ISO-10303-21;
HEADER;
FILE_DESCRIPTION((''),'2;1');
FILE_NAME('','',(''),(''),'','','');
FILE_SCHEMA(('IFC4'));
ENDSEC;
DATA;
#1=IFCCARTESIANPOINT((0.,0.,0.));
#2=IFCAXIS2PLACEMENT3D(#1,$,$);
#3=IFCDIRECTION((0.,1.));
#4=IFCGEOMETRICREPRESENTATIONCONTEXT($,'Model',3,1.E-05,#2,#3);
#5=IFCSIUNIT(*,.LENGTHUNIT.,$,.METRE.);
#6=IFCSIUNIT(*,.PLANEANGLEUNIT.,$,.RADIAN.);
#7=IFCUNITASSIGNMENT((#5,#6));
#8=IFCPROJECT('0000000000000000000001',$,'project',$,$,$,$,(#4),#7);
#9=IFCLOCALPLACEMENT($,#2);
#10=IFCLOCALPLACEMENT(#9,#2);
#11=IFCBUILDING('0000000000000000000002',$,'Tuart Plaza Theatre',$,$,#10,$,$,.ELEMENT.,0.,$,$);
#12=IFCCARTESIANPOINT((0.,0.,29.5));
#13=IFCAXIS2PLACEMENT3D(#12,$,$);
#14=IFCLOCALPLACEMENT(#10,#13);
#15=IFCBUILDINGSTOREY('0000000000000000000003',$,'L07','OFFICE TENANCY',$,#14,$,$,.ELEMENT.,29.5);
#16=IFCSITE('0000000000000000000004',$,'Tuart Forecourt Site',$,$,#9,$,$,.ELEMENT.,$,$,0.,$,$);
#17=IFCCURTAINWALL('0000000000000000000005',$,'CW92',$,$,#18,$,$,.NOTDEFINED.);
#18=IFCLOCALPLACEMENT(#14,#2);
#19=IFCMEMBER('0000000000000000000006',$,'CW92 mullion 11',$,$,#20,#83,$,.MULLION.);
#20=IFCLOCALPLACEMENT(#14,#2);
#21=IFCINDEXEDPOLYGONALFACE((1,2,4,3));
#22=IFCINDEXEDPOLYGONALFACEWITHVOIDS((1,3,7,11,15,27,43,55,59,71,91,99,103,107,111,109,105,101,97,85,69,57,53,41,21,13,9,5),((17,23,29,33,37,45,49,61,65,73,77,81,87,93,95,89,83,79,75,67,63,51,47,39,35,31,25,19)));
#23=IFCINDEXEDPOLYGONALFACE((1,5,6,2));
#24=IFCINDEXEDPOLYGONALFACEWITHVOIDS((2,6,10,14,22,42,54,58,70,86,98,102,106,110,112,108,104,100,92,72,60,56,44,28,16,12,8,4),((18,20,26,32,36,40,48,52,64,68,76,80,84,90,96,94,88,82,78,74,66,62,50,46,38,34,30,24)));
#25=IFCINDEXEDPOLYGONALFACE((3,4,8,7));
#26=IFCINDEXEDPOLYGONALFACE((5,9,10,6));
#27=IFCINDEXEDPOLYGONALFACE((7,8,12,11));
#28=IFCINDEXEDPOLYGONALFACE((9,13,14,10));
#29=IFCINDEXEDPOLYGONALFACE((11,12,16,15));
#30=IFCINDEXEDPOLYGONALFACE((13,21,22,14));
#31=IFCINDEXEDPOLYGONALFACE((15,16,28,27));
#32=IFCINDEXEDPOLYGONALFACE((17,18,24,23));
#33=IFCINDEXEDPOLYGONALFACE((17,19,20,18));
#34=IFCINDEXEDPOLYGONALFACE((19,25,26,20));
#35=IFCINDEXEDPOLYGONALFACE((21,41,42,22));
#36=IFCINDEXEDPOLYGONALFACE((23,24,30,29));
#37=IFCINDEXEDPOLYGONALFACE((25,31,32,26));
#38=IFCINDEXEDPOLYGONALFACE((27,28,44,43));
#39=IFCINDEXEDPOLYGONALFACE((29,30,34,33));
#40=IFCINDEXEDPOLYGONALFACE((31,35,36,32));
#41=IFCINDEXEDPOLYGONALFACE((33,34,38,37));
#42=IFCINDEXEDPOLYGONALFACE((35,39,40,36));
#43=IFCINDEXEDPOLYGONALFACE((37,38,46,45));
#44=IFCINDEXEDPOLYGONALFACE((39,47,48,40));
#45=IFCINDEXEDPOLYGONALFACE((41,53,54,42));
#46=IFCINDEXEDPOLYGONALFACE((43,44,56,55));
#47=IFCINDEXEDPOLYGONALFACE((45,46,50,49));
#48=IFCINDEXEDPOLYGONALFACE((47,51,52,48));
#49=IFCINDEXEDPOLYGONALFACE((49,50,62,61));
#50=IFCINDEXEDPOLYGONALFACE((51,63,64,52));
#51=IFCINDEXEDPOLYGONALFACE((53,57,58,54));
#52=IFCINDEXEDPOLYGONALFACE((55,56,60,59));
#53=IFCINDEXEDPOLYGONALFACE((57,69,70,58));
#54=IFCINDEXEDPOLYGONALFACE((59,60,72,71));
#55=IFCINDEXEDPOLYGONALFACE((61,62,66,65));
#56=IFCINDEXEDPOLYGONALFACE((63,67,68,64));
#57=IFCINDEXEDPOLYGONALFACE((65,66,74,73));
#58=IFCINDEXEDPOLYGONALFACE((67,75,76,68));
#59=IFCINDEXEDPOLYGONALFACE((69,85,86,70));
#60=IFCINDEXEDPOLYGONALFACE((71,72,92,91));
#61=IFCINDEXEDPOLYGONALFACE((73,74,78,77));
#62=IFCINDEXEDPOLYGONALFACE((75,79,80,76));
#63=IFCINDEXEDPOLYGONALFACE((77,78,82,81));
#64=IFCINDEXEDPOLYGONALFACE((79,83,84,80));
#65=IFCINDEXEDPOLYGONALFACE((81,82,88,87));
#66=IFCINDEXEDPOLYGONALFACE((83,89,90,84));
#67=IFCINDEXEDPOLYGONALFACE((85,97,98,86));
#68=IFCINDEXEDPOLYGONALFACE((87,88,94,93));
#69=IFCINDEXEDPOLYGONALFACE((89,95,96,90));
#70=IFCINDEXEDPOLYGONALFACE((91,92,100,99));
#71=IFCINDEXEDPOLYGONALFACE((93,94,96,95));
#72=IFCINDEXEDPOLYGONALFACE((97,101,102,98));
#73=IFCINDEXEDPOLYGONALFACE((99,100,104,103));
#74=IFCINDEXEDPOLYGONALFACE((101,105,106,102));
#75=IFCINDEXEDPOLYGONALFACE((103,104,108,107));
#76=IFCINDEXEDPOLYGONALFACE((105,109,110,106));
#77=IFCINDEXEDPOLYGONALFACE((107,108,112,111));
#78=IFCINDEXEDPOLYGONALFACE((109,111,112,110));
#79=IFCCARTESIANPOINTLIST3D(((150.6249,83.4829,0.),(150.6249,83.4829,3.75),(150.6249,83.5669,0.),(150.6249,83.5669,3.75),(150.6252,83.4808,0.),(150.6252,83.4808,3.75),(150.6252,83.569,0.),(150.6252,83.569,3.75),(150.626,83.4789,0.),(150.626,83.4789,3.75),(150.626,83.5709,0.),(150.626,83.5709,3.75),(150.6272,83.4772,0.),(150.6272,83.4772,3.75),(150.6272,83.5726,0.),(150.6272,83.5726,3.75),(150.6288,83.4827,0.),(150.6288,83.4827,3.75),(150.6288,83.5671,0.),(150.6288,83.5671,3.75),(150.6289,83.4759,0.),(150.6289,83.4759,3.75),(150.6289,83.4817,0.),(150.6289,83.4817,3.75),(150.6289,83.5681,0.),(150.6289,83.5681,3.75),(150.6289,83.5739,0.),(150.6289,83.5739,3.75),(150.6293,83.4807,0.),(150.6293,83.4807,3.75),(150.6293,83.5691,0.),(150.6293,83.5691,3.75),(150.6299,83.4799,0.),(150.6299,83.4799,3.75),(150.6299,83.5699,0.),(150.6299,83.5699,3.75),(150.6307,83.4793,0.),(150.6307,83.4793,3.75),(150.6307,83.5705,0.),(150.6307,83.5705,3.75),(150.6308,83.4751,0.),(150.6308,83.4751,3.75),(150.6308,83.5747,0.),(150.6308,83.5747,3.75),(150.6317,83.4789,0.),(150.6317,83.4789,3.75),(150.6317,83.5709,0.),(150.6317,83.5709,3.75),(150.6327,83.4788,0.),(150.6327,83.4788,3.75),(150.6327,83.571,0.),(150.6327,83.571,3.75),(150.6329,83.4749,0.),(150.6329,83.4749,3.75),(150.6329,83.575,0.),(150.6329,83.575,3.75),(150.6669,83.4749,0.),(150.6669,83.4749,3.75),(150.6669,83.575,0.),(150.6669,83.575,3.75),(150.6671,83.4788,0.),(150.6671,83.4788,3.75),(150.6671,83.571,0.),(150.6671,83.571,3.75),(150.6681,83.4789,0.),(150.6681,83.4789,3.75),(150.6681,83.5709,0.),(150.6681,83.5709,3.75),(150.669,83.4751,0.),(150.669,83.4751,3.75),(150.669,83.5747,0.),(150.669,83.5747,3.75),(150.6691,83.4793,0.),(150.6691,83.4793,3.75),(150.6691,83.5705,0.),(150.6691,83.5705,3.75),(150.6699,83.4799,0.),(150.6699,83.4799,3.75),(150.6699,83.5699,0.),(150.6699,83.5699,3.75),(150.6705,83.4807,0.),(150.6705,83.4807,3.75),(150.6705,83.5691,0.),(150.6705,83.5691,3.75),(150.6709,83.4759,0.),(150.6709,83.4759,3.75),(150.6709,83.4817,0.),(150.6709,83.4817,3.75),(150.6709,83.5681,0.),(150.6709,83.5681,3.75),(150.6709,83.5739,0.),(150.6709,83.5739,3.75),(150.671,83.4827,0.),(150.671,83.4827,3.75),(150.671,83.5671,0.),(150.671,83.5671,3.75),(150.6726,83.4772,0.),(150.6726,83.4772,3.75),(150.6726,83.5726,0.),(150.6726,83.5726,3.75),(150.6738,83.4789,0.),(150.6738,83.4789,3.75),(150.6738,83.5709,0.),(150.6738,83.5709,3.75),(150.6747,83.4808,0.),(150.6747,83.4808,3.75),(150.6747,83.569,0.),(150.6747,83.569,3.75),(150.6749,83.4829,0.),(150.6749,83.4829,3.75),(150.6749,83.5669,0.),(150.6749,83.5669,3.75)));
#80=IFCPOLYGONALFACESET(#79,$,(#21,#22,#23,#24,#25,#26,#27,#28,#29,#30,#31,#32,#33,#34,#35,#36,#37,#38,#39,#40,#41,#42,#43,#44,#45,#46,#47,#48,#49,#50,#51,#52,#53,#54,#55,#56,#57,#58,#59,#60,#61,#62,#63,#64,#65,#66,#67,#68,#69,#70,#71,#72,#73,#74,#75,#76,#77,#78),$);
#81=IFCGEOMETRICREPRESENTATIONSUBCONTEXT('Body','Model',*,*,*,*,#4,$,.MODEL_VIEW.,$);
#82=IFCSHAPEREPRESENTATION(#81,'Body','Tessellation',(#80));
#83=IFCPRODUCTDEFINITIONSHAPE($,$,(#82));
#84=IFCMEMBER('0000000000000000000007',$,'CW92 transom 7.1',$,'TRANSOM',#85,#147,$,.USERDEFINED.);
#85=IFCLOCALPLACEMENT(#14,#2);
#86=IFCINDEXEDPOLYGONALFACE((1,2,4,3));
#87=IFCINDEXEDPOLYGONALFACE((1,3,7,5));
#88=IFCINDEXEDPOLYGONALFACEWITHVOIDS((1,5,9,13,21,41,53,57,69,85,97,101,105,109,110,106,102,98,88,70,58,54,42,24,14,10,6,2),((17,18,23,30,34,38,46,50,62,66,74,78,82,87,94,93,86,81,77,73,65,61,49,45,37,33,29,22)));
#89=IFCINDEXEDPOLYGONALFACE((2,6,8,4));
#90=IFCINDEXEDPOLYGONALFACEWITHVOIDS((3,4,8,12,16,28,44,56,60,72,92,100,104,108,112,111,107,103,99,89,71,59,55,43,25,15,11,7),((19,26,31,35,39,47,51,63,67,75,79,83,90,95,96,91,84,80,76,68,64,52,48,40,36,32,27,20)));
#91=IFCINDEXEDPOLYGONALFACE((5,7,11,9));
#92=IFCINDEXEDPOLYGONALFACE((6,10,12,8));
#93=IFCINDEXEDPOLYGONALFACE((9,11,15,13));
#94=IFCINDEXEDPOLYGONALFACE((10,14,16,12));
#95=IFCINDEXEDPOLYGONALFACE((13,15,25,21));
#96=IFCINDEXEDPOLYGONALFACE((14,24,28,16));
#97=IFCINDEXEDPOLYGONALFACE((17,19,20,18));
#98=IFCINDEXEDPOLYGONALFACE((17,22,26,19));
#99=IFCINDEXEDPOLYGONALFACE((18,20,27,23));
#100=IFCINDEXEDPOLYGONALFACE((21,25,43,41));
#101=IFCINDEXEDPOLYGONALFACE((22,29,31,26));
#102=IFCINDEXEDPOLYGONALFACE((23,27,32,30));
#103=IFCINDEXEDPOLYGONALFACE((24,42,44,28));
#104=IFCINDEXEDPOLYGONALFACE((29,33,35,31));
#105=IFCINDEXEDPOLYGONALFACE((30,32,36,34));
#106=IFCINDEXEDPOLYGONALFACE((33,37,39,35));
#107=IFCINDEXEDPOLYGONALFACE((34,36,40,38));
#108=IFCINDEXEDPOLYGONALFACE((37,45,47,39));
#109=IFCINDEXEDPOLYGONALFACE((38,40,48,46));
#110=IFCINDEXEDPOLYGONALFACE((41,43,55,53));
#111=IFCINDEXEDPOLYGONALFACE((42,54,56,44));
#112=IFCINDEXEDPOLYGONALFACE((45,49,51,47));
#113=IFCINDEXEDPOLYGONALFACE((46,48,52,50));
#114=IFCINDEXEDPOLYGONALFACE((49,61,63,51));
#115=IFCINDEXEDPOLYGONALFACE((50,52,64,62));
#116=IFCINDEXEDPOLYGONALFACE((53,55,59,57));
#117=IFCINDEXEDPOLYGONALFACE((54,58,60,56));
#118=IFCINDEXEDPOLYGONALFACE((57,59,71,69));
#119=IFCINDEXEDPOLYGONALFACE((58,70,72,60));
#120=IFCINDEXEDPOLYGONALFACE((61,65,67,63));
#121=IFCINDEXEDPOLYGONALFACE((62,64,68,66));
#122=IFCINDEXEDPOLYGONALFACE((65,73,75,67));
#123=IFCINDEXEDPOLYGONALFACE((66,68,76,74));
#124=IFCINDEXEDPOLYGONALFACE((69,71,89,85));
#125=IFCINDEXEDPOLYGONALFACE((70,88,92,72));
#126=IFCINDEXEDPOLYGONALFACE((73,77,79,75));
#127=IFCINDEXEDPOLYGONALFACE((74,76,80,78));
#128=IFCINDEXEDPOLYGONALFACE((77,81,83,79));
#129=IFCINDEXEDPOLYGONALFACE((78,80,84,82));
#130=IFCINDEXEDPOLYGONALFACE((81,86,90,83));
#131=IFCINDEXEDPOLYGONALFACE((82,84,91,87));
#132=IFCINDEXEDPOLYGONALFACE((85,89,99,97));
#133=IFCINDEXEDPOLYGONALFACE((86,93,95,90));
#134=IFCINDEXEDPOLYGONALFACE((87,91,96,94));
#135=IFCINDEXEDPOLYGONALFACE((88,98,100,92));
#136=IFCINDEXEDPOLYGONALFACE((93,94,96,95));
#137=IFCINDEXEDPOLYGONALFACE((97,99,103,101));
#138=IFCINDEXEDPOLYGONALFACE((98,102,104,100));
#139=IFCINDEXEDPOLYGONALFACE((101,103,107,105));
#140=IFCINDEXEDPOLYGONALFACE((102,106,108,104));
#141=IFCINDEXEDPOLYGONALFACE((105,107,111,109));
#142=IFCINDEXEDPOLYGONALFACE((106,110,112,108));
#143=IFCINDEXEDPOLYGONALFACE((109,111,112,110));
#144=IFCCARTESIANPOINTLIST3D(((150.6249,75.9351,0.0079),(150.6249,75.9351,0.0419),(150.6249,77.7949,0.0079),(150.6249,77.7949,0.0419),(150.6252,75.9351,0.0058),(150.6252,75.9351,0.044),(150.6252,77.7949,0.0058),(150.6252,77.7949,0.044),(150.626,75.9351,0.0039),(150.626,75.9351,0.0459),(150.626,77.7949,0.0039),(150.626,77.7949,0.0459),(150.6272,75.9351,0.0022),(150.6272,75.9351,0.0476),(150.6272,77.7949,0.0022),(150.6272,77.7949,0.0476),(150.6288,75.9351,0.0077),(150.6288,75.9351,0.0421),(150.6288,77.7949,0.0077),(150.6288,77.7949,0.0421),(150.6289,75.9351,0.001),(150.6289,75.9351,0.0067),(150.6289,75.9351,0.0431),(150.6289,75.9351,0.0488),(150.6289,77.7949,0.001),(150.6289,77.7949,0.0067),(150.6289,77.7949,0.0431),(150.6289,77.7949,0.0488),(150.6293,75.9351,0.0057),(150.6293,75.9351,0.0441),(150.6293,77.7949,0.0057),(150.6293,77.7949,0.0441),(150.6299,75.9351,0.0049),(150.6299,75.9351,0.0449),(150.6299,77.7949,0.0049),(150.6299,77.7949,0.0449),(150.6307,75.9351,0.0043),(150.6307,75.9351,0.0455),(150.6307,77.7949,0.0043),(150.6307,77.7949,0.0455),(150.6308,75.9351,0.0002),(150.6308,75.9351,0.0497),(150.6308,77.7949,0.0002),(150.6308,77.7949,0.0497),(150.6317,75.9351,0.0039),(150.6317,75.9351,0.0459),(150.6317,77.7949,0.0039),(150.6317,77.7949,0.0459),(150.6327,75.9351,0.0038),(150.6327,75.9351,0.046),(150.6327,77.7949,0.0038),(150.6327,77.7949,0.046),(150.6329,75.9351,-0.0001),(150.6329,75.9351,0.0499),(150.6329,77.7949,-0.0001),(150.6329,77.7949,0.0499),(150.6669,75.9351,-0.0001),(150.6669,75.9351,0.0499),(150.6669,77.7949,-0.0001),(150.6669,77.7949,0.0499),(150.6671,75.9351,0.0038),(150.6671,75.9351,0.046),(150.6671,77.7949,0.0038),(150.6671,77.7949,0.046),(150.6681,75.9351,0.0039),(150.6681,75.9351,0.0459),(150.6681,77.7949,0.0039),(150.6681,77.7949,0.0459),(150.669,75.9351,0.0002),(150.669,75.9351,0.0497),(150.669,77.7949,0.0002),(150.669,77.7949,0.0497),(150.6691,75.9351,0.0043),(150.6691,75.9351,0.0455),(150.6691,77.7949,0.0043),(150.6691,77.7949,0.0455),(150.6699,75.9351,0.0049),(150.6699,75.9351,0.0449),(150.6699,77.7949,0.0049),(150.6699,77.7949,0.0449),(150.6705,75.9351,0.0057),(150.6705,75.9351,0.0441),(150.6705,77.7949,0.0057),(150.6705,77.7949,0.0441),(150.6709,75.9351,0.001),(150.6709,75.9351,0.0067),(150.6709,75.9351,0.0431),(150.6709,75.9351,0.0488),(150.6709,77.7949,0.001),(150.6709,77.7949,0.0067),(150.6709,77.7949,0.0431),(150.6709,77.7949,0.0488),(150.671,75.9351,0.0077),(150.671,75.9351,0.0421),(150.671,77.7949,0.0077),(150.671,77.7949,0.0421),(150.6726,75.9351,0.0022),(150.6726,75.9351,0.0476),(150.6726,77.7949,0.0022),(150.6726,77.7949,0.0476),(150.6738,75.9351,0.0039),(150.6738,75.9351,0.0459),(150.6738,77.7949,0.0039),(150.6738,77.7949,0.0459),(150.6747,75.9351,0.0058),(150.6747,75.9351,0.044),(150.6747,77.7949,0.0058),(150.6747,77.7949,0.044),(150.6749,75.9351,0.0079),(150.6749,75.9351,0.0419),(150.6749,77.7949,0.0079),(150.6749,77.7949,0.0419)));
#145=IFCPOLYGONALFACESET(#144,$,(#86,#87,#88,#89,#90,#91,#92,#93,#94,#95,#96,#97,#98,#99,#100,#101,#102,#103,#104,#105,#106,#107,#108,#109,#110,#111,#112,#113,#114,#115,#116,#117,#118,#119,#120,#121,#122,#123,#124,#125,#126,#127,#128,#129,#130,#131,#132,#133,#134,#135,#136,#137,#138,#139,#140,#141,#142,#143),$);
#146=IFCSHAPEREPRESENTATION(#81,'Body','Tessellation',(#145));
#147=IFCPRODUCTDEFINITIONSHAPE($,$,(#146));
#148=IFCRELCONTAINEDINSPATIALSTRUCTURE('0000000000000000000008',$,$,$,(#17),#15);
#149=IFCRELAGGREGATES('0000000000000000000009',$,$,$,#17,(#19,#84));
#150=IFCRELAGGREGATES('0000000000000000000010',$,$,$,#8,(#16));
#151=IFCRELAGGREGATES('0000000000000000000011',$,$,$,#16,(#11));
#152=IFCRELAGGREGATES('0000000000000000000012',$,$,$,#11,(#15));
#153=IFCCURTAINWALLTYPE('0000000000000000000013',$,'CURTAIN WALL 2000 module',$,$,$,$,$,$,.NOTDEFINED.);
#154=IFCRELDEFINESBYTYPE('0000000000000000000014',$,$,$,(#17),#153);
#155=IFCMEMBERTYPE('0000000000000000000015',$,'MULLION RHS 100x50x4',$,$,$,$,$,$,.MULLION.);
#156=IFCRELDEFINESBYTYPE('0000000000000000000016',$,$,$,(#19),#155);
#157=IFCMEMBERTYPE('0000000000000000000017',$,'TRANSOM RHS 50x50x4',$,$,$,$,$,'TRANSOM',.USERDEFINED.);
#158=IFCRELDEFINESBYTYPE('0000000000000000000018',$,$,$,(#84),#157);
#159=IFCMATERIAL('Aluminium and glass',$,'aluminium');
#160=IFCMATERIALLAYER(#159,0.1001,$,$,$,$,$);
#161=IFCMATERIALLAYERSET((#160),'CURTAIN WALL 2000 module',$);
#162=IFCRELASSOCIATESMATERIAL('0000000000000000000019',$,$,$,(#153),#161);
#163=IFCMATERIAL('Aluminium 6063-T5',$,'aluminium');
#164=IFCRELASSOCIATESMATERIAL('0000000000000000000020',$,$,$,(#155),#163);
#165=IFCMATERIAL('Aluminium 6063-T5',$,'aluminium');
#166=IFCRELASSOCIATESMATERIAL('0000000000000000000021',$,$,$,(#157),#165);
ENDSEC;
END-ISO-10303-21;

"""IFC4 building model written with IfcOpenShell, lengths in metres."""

from ifc_helpers import new_model, si_unit, direction, frame, origin, origin_2d, place, context, subcontext, project, spatial, hollow_rectangle, extrude, material, layer, layer_set, material_profile, profile_set, type_object, element, aggregate, save


model = new_model("IFC4")

# Units and contexts
model_context = context("Model", 3, precision=1e-05, world=origin(), true_north=direction((0.0, 1.0)))
body_context = subcontext(model_context, "Body", "Model", "MODEL_VIEW")
ifc_project = project(units=[si_unit("LENGTHUNIT", "METRE"), si_unit("PLANEANGLEUNIT", "RADIAN")], contexts=[model_context])

# Site, building, storey
site_placement = place(None, origin())
site = spatial("IfcSite", under=ifc_project, at=site_placement, Name="Tuart Forecourt Site", CompositionType="ELEMENT", RefElevation=0.0)
building_placement = place(site_placement, origin())
building = spatial("IfcBuilding", under=site, at=building_placement, Name="Tuart Plaza Theatre", CompositionType="ELEMENT", ElevationOfRefHeight=0.0)
storey_placement = place(building_placement, frame((0.0, 0.0, 29.5)))
storey = spatial("IfcBuildingStorey", under=building, at=storey_placement, Name="L07", Description="OFFICE TENANCY", CompositionType="ELEMENT", Elevation=29.5)

# Curtain wall, members
ifc_material_1 = material(Name="Aluminium and glass", Category="aluminium")
ifc_layer_1 = layer(ifc_material_1, 0.1001)
ifc_layer_set_1 = layer_set([ifc_layer_1], Name="CURTAIN WALL 2000 module")
curtain_wall_type = type_object("IfcCurtainWallType", Name="CURTAIN WALL 2000 module", PredefinedType="NOTDEFINED", material=ifc_layer_set_1)
curtain_wall_placement = place(storey_placement, origin())
curtain_wall = element("IfcCurtainWall", 1, at=curtain_wall_placement, inside=storey, type_object=curtain_wall_type, Name="CW92", PredefinedType="NOTDEFINED")
ifc_material_2 = material(Name="Aluminium 6063-T5", Category="aluminium")
ifc_material_profile_1 = material_profile(ifc_material_2, hollow_rectangle(XDim=0.05, YDim=0.1001, WallThickness=0.0039, InnerFilletRadius=0.0039, OuterFilletRadius=0.0081, at=origin_2d()), Name="RHS 100x50x4")
ifc_profile_set_1 = profile_set([ifc_material_profile_1], Name="Aluminium 6063-T5")
member_type_1 = type_object("IfcMemberType", Name="MULLION RHS 100x50x4", PredefinedType="MULLION", material=ifc_profile_set_1)
member_1_placement = place(storey_placement, frame((150.6499, 83.5249, 0.0), z_axis=(0.0, 0.0, 1.0), x_axis=(-1.0, 0.0, 0.0)))
member_1 = element("IfcMember", 2, at=member_1_placement, type_object=member_type_1, Name="CW92 mullion 11", PredefinedType="MULLION", context=body_context, shape_type="SweptSolid", body=[
    extrude(hollow_rectangle(XDim=0.05, YDim=0.1001, WallThickness=0.0039, InnerFilletRadius=0.0039, OuterFilletRadius=0.0081, at=origin_2d()), origin(), (0.0, 0.0, 1.0), 3.75),
])
ifc_material_3 = material(Name="Aluminium 6063-T5", Category="aluminium")
ifc_material_profile_2 = material_profile(ifc_material_3, hollow_rectangle(XDim=0.05, YDim=0.05, WallThickness=0.0039, InnerFilletRadius=0.0039, OuterFilletRadius=0.0081, at=origin_2d()), Name="RHS 50x50x4")
ifc_profile_set_2 = profile_set([ifc_material_profile_2], Name="Aluminium 6063-T5")
member_type_2 = type_object("IfcMemberType", Name="TRANSOM RHS 50x50x4", ElementType="TRANSOM", PredefinedType="USERDEFINED", material=ifc_profile_set_2)
member_2_placement = place(storey_placement, frame((150.6499, 75.9351, 0.0249), z_axis=(0.0, 1.0, 0.0), x_axis=(-1.0, 0.0, 0.0)))
member_2 = element("IfcMember", 3, at=member_2_placement, type_object=member_type_2, Name="CW92 transom 7.1", ObjectType="TRANSOM", PredefinedType="USERDEFINED", context=body_context, shape_type="SweptSolid", body=[
    extrude(hollow_rectangle(XDim=0.05, YDim=0.05, WallThickness=0.0039, InnerFilletRadius=0.0039, OuterFilletRadius=0.0081, at=origin_2d()), origin(), (0.0, 0.0, 1.0), 1.8599),
])
aggregate(curtain_wall, [member_1, member_2])

save(model, "model.ifc")
